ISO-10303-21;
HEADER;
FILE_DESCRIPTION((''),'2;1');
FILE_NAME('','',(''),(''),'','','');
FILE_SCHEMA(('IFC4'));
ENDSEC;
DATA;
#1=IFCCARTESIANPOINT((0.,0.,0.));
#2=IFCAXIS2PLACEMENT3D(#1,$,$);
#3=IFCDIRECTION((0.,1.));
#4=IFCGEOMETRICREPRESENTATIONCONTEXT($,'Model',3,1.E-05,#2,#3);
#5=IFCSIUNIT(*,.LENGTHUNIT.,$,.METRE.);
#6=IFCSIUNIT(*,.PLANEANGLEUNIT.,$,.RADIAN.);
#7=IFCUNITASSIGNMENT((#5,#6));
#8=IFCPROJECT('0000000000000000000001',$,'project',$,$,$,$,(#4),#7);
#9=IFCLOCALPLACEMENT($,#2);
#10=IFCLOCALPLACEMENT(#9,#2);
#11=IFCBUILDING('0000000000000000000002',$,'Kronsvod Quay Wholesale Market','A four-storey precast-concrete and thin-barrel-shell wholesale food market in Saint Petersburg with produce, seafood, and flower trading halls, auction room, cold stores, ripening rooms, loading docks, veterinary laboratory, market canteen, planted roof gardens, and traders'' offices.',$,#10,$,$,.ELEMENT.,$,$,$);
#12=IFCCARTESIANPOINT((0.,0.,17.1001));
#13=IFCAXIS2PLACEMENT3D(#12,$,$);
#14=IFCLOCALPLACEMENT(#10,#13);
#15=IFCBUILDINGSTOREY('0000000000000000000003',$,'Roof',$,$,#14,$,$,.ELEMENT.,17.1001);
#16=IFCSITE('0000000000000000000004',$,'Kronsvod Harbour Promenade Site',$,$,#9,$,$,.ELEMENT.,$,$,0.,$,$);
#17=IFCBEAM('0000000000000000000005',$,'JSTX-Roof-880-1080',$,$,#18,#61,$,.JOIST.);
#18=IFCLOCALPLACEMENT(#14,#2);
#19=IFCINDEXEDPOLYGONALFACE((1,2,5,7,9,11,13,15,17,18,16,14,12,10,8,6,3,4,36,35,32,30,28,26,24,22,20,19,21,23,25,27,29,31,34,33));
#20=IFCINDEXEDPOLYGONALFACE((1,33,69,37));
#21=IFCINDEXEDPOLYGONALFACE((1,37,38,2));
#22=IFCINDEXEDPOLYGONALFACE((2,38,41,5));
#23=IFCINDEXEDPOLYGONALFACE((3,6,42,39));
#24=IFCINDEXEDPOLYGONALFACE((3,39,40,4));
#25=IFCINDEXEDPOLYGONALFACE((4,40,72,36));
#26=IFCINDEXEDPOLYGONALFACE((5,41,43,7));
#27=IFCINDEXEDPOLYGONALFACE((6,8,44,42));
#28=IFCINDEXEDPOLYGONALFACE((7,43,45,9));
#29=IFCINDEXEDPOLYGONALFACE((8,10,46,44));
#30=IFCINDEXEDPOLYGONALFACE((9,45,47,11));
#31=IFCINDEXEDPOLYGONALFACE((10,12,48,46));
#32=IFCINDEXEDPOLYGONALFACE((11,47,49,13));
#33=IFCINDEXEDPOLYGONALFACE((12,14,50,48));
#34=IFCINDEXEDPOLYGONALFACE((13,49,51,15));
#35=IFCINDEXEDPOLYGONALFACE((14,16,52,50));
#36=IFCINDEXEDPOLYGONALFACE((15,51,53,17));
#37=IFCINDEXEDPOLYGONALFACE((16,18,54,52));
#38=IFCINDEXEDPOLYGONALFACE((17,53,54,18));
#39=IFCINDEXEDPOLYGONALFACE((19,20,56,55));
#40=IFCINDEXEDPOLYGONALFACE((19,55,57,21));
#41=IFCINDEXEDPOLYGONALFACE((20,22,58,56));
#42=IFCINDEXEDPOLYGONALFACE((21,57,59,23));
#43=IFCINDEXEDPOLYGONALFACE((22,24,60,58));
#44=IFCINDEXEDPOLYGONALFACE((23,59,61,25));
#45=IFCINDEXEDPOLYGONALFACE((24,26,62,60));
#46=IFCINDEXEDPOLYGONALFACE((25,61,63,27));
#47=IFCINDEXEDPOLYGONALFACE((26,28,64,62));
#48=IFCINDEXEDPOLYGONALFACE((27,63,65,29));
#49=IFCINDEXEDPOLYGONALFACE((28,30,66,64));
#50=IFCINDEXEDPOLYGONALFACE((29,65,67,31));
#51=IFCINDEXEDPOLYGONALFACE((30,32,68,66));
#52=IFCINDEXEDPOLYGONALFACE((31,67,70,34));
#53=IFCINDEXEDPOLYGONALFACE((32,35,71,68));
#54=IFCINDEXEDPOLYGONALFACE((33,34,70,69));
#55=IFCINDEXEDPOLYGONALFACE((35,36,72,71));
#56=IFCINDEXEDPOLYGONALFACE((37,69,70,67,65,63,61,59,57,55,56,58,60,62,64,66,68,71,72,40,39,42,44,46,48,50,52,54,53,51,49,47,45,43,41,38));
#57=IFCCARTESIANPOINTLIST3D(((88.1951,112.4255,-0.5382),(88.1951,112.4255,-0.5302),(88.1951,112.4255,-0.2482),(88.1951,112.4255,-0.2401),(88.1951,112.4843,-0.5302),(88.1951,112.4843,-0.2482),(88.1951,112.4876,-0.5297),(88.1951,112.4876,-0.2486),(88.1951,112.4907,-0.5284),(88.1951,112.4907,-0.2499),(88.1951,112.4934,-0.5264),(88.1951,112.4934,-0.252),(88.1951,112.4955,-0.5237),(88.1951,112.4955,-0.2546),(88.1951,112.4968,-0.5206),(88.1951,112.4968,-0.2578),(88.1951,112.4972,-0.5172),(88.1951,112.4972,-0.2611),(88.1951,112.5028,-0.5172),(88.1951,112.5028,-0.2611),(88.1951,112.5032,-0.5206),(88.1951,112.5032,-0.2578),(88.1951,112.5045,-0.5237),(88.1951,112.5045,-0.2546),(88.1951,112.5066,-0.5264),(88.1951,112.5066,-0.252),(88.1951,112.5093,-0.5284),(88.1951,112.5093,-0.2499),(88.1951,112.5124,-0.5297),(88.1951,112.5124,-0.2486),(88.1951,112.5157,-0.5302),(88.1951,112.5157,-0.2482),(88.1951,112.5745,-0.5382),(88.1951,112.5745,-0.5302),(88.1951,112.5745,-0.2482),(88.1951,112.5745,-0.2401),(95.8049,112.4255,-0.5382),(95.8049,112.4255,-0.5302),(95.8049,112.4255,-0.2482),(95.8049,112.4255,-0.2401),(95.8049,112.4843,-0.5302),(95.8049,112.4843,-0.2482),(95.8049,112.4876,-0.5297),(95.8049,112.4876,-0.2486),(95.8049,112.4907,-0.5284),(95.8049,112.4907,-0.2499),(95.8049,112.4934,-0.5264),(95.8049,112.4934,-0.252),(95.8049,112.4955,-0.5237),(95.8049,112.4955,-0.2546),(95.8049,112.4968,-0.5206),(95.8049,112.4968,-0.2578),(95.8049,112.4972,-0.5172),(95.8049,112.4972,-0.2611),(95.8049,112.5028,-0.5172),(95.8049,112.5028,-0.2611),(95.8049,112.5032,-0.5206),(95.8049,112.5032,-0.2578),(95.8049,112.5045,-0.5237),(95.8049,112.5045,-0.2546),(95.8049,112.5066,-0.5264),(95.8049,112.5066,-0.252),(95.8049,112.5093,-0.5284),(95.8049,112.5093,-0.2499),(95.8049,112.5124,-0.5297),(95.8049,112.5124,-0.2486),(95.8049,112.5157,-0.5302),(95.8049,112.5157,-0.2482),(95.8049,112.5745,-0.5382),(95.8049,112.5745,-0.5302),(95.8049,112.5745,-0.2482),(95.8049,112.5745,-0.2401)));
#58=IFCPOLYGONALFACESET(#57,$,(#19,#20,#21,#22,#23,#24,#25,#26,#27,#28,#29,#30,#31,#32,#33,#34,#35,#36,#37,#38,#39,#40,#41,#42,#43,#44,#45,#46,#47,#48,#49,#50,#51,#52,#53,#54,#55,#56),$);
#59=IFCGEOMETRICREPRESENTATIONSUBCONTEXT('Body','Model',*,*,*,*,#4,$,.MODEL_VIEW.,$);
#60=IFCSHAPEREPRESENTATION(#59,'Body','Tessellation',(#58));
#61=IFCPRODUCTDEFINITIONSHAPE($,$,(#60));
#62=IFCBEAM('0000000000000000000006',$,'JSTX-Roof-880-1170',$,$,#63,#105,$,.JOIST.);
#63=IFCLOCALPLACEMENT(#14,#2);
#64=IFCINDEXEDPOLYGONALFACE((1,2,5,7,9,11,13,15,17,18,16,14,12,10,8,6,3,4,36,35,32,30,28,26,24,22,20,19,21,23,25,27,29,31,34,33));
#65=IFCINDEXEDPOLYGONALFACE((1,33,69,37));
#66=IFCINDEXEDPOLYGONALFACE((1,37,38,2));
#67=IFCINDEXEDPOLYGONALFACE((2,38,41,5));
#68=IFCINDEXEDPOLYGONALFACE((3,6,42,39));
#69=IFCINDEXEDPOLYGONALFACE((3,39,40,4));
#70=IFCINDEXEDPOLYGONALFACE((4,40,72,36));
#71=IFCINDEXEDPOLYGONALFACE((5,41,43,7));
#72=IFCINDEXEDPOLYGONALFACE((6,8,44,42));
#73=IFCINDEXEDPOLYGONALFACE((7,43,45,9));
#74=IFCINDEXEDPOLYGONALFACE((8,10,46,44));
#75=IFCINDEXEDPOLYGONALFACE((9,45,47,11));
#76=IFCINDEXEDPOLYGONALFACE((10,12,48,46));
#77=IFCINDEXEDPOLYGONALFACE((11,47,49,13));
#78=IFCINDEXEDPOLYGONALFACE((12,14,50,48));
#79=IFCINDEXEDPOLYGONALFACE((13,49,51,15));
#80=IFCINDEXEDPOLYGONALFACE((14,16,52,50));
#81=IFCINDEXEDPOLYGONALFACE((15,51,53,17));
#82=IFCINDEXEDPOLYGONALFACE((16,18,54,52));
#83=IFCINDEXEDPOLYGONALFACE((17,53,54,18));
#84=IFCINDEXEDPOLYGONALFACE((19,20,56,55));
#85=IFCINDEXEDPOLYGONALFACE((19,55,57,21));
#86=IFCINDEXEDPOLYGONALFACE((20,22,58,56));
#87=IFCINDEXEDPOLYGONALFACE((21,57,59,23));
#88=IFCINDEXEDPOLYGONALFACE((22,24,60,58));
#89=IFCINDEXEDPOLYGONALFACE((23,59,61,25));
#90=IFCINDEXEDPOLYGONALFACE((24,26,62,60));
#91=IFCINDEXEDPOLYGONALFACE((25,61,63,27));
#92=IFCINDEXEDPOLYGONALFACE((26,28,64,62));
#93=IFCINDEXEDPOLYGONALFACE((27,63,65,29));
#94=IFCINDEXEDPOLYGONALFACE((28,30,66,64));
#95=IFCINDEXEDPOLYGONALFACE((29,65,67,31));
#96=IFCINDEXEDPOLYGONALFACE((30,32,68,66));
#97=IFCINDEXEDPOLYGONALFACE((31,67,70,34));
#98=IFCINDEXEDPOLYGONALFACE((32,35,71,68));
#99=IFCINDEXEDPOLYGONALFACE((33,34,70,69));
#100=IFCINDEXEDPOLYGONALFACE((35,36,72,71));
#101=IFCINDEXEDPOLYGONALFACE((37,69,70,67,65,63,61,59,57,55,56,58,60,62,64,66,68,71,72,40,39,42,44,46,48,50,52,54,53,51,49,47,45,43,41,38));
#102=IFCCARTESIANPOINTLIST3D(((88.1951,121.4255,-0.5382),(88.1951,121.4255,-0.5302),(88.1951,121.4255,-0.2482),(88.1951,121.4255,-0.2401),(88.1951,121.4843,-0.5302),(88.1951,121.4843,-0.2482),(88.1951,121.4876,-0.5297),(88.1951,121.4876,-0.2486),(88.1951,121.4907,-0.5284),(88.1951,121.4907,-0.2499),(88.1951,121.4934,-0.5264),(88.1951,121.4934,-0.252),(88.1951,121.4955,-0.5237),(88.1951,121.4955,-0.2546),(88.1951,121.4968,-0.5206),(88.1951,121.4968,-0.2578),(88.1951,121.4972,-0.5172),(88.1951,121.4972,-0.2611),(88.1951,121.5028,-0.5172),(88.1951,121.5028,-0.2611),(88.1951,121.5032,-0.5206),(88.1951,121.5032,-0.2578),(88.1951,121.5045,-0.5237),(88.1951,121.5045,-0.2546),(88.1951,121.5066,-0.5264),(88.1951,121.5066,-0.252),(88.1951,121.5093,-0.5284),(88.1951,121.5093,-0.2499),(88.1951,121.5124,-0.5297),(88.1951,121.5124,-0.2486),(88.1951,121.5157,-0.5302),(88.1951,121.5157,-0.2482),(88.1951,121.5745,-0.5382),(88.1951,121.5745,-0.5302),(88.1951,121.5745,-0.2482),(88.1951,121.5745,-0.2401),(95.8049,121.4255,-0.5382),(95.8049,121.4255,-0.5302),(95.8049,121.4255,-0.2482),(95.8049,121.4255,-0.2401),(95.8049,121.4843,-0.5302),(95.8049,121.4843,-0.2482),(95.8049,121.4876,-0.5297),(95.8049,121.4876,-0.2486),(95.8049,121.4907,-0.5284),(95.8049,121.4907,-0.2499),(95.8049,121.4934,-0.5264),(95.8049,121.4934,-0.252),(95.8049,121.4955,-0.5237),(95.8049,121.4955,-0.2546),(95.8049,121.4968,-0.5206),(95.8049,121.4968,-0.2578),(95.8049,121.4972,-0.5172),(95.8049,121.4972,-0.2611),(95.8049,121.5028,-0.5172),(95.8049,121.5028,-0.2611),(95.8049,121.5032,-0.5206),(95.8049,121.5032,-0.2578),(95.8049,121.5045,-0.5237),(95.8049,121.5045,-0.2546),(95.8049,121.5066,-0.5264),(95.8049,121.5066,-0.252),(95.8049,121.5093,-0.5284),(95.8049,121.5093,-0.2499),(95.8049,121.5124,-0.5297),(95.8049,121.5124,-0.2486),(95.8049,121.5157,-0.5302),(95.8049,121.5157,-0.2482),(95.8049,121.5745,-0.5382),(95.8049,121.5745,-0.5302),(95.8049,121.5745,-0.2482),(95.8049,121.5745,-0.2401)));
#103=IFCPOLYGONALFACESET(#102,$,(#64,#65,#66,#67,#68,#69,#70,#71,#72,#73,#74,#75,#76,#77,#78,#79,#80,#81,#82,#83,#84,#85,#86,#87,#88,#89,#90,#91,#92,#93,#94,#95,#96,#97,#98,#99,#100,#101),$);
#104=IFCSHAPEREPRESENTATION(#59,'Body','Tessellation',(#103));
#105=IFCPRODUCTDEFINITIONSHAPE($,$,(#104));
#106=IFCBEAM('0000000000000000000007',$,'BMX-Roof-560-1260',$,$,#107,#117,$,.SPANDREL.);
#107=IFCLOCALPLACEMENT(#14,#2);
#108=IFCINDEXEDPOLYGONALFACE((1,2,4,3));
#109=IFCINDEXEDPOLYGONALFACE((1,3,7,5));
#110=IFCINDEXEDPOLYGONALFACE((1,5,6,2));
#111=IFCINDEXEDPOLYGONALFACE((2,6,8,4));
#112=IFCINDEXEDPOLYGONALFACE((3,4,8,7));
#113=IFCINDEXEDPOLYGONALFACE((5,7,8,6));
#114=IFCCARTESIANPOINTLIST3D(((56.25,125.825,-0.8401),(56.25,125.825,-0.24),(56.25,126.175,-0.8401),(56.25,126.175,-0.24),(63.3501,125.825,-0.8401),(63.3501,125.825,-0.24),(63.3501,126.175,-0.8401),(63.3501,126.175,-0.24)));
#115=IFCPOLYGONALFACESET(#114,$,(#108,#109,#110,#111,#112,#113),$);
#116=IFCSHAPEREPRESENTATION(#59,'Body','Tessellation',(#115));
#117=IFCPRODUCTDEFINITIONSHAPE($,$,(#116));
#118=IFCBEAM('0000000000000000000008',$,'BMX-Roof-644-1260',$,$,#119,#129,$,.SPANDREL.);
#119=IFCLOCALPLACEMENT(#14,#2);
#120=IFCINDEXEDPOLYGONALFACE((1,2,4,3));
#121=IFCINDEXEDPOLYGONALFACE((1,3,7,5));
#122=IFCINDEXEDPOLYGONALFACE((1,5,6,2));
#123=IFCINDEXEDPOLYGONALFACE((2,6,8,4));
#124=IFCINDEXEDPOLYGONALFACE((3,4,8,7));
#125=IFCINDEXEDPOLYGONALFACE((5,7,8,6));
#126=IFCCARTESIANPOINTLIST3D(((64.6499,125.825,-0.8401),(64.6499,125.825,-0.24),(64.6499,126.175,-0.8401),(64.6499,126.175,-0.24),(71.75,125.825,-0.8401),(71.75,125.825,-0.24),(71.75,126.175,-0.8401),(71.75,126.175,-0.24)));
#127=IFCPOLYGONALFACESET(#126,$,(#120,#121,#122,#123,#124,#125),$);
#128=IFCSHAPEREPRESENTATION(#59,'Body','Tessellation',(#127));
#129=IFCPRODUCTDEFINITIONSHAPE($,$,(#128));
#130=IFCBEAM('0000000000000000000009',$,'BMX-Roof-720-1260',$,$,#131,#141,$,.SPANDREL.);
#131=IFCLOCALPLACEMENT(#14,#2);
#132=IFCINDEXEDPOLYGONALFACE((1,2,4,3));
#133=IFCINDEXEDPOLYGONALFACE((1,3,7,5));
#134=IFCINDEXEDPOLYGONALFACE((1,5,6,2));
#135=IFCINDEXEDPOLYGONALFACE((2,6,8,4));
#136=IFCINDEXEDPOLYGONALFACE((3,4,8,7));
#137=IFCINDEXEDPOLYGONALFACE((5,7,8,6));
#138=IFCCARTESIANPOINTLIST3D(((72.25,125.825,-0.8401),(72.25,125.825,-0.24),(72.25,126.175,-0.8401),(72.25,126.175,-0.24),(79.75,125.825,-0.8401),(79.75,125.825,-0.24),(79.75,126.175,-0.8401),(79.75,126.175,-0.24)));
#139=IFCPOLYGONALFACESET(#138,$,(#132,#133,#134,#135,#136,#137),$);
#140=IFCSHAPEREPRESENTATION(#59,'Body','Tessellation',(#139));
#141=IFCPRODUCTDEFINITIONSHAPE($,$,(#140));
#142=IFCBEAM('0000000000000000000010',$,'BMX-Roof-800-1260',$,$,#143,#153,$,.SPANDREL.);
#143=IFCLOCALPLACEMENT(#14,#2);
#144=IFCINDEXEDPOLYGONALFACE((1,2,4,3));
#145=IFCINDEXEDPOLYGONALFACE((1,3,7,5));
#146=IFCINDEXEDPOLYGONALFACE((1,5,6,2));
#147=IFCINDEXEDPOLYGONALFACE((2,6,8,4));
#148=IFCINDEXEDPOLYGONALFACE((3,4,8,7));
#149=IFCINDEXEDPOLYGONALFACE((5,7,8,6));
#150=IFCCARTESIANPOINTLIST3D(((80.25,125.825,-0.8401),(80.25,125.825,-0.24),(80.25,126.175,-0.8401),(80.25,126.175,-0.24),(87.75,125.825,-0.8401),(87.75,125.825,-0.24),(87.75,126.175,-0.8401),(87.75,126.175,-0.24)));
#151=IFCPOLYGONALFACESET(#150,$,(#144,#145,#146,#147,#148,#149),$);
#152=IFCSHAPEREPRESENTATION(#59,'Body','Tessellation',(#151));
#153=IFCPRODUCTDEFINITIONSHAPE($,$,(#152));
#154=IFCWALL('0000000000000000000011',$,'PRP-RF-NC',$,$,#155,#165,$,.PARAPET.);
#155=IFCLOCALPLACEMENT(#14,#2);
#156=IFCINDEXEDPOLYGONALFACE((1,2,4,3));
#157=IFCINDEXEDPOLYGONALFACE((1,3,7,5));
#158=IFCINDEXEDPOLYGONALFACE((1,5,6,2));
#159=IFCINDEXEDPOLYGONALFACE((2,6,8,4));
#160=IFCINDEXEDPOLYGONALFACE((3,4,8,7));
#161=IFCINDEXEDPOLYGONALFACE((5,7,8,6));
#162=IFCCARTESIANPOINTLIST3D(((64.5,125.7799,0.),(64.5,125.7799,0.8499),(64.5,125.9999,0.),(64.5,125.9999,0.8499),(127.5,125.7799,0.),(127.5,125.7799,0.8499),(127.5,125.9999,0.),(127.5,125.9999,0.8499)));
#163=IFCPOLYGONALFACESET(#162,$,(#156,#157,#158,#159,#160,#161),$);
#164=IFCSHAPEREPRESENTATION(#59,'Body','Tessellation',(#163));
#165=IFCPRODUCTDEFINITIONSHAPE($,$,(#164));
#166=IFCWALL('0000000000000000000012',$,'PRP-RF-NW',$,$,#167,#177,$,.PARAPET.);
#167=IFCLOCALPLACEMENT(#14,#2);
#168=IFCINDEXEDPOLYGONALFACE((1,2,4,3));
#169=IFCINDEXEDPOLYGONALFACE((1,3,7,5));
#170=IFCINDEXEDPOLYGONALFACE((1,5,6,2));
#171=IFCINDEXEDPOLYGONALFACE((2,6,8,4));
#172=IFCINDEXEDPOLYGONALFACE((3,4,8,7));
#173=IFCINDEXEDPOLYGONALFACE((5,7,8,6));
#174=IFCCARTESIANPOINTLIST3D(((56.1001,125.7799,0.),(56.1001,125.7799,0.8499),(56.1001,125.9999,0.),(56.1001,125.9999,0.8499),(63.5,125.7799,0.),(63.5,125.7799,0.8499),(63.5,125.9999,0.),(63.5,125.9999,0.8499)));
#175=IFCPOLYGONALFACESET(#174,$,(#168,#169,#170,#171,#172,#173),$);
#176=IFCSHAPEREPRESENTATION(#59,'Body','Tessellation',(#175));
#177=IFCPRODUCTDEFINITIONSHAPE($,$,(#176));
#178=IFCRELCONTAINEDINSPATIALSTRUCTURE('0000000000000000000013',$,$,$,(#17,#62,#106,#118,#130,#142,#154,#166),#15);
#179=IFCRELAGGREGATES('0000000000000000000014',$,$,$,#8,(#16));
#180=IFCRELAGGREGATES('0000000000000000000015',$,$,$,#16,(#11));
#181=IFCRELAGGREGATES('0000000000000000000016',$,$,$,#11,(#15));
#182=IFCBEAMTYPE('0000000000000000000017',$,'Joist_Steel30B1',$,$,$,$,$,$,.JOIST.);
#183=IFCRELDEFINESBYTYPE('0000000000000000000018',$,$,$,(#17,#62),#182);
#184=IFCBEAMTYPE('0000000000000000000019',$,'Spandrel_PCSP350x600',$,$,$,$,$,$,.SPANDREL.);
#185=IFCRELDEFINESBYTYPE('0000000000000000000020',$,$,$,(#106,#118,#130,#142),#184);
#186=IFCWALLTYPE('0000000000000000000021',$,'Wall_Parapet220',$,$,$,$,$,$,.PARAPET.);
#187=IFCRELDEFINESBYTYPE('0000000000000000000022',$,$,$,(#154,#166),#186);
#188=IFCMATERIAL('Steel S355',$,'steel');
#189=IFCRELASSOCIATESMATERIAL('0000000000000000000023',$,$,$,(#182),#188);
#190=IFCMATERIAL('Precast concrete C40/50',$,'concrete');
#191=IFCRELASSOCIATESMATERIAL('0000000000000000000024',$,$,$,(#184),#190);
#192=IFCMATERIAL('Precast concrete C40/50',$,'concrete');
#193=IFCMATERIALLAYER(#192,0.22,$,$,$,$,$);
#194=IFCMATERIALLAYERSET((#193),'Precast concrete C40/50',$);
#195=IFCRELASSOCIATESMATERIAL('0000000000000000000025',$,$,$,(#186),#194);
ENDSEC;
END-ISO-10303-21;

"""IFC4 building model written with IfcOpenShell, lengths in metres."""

from ifc_helpers import new_model, si_unit, direction, frame, frame_2d, origin, origin_2d, place, context, subcontext, project, spatial, rectangle, i_section, extrude, material, layer, layer_set, material_profile, profile_set, type_object, element, save


model = new_model("IFC4")

# Units and contexts
model_context = context("Model", 3, precision=1e-05, world=origin(), true_north=direction((0.0, 1.0)))
body_context = subcontext(model_context, "Body", "Model", "MODEL_VIEW")
ifc_project = project(units=[si_unit("LENGTHUNIT", "METRE"), si_unit("PLANEANGLEUNIT", "RADIAN")], contexts=[model_context])

# Site, building, storey
site_placement = place(None, origin())
site = spatial("IfcSite", under=ifc_project, at=site_placement, Name="Kronsvod Harbour Promenade Site", CompositionType="ELEMENT", RefElevation=0.0)
building_placement = place(site_placement, origin())
building = spatial("IfcBuilding", under=site, at=building_placement, Name="Kronsvod Quay Wholesale Market", Description="A four-storey precast-concrete and thin-barrel-shell wholesale food market in Saint Petersburg with produce, seafood, and flower trading halls, auction room, cold stores, ripening rooms, loading docks, veterinary laboratory, market canteen, planted roof gardens, and traders' offices.", CompositionType="ELEMENT")
storey_placement = place(building_placement, frame((0.0, 0.0, 17.1001)))
storey = spatial("IfcBuildingStorey", under=building, at=storey_placement, Name="Roof", CompositionType="ELEMENT", Elevation=17.1001)

# Beams
ifc_material_1 = material(Name="Steel S355", Category="steel")
ifc_material_profile_1 = material_profile(ifc_material_1, i_section(OverallWidth=0.1489, OverallDepth=0.2981, WebThickness=0.0056, FlangeThickness=0.0081, FilletRadius=0.0129, at=origin_2d()), Name="30B1")
ifc_profile_set_1 = profile_set([ifc_material_profile_1], Name="Steel S355")
beam_type_1 = type_object("IfcBeamType", Name="Joist_Steel30B1", PredefinedType="JOIST", material=ifc_profile_set_1)
for number, where, z_axis, x_axis, name in (
    (1, (88.1951, 112.5, -0.3892), (1.0, 0.0, 0.0), (0.0, 1.0, 0.0), "JSTX-Roof-880-1080"),
    (2, (88.1951, 121.5, -0.3892), (1.0, 0.0, 0.0), (0.0, 1.0, 0.0), "JSTX-Roof-880-1170"),
):
    element("IfcBeam", number, at=place(storey_placement, frame(where, z_axis=z_axis, x_axis=x_axis)), inside=storey, type_object=beam_type_1, Name=name, PredefinedType="JOIST", context=body_context, shape_type="SweptSolid", body=[
        extrude(i_section(OverallWidth=0.1489, OverallDepth=0.2981, WebThickness=0.0056, FlangeThickness=0.0081, FilletRadius=0.0129, at=origin_2d()), origin(), (0.0, 0.0, 1.0), 7.6099),
    ])
ifc_material_2 = material(Name="Precast concrete C40/50", Category="concrete")
ifc_material_profile_2 = material_profile(ifc_material_2, rectangle(XDim=0.3501, YDim=0.6001, at=origin_2d()), Name="PCSP350x600")
ifc_profile_set_2 = profile_set([ifc_material_profile_2], Name="Precast concrete C40/50")
beam_type_2 = type_object("IfcBeamType", Name="Spandrel_PCSP350x600", PredefinedType="SPANDREL", material=ifc_profile_set_2)
for number, where, z_axis, x_axis, name in (
    (3, (56.25, 126.0, -0.54), (1.0, 0.0, 0.0), (0.0, 1.0, 0.0), "BMX-Roof-560-1260"),
    (4, (64.6499, 126.0, -0.54), (1.0, 0.0, 0.0), (0.0, 1.0, 0.0), "BMX-Roof-644-1260"),
):
    element("IfcBeam", number, at=place(storey_placement, frame(where, z_axis=z_axis, x_axis=x_axis)), inside=storey, type_object=beam_type_2, Name=name, PredefinedType="SPANDREL", context=body_context, shape_type="SweptSolid", body=[
        extrude(rectangle(XDim=0.3501, YDim=0.6001, at=origin_2d()), origin(), (0.0, 0.0, 1.0), 7.1001),
    ])
for number, where, z_axis, x_axis, name in (
    (5, (72.25, 126.0, -0.54), (1.0, 0.0, 0.0), (0.0, 1.0, 0.0), "BMX-Roof-720-1260"),
    (6, (80.25, 126.0, -0.54), (1.0, 0.0, 0.0), (0.0, 1.0, 0.0), "BMX-Roof-800-1260"),
):
    element("IfcBeam", number, at=place(storey_placement, frame(where, z_axis=z_axis, x_axis=x_axis)), inside=storey, type_object=beam_type_2, Name=name, PredefinedType="SPANDREL", context=body_context, shape_type="SweptSolid", body=[
        extrude(rectangle(XDim=0.3501, YDim=0.6001, at=origin_2d()), origin(), (0.0, 0.0, 1.0), 7.5),
    ])

# Walls
ifc_material_3 = material(Name="Precast concrete C40/50", Category="concrete")
ifc_layer = layer(ifc_material_3, 0.22)
ifc_layer_set = layer_set([ifc_layer], Name="Precast concrete C40/50")
wall_type = type_object("IfcWallType", Name="Wall_Parapet220", PredefinedType="PARAPET", material=ifc_layer_set)
wall_1_placement = place(storey_placement, frame((64.5, 125.8899, 0.0), z_axis=(0.0, 0.0, 1.0), x_axis=(1.0, 0.0, 0.0)))
element("IfcWall", 7, at=wall_1_placement, inside=storey, type_object=wall_type, Name="PRP-RF-NC", PredefinedType="PARAPET", context=body_context, shape_type="SweptSolid", body=[
    extrude(rectangle(XDim=63.0, YDim=0.22, at=frame_2d((31.5, 0.0))), origin(), (0.0, 0.0, 1.0), 0.8499),
])
wall_2_placement = place(storey_placement, frame((56.1001, 125.8899, 0.0), z_axis=(0.0, 0.0, 1.0), x_axis=(1.0, 0.0, 0.0)))
element("IfcWall", 8, at=wall_2_placement, inside=storey, type_object=wall_type, Name="PRP-RF-NW", PredefinedType="PARAPET", context=body_context, shape_type="SweptSolid", body=[
    extrude(rectangle(XDim=7.3999, YDim=0.22, at=frame_2d((3.7, 0.0))), origin(), (0.0, 0.0, 1.0), 0.8499),
])

save(model, "model.ifc")
